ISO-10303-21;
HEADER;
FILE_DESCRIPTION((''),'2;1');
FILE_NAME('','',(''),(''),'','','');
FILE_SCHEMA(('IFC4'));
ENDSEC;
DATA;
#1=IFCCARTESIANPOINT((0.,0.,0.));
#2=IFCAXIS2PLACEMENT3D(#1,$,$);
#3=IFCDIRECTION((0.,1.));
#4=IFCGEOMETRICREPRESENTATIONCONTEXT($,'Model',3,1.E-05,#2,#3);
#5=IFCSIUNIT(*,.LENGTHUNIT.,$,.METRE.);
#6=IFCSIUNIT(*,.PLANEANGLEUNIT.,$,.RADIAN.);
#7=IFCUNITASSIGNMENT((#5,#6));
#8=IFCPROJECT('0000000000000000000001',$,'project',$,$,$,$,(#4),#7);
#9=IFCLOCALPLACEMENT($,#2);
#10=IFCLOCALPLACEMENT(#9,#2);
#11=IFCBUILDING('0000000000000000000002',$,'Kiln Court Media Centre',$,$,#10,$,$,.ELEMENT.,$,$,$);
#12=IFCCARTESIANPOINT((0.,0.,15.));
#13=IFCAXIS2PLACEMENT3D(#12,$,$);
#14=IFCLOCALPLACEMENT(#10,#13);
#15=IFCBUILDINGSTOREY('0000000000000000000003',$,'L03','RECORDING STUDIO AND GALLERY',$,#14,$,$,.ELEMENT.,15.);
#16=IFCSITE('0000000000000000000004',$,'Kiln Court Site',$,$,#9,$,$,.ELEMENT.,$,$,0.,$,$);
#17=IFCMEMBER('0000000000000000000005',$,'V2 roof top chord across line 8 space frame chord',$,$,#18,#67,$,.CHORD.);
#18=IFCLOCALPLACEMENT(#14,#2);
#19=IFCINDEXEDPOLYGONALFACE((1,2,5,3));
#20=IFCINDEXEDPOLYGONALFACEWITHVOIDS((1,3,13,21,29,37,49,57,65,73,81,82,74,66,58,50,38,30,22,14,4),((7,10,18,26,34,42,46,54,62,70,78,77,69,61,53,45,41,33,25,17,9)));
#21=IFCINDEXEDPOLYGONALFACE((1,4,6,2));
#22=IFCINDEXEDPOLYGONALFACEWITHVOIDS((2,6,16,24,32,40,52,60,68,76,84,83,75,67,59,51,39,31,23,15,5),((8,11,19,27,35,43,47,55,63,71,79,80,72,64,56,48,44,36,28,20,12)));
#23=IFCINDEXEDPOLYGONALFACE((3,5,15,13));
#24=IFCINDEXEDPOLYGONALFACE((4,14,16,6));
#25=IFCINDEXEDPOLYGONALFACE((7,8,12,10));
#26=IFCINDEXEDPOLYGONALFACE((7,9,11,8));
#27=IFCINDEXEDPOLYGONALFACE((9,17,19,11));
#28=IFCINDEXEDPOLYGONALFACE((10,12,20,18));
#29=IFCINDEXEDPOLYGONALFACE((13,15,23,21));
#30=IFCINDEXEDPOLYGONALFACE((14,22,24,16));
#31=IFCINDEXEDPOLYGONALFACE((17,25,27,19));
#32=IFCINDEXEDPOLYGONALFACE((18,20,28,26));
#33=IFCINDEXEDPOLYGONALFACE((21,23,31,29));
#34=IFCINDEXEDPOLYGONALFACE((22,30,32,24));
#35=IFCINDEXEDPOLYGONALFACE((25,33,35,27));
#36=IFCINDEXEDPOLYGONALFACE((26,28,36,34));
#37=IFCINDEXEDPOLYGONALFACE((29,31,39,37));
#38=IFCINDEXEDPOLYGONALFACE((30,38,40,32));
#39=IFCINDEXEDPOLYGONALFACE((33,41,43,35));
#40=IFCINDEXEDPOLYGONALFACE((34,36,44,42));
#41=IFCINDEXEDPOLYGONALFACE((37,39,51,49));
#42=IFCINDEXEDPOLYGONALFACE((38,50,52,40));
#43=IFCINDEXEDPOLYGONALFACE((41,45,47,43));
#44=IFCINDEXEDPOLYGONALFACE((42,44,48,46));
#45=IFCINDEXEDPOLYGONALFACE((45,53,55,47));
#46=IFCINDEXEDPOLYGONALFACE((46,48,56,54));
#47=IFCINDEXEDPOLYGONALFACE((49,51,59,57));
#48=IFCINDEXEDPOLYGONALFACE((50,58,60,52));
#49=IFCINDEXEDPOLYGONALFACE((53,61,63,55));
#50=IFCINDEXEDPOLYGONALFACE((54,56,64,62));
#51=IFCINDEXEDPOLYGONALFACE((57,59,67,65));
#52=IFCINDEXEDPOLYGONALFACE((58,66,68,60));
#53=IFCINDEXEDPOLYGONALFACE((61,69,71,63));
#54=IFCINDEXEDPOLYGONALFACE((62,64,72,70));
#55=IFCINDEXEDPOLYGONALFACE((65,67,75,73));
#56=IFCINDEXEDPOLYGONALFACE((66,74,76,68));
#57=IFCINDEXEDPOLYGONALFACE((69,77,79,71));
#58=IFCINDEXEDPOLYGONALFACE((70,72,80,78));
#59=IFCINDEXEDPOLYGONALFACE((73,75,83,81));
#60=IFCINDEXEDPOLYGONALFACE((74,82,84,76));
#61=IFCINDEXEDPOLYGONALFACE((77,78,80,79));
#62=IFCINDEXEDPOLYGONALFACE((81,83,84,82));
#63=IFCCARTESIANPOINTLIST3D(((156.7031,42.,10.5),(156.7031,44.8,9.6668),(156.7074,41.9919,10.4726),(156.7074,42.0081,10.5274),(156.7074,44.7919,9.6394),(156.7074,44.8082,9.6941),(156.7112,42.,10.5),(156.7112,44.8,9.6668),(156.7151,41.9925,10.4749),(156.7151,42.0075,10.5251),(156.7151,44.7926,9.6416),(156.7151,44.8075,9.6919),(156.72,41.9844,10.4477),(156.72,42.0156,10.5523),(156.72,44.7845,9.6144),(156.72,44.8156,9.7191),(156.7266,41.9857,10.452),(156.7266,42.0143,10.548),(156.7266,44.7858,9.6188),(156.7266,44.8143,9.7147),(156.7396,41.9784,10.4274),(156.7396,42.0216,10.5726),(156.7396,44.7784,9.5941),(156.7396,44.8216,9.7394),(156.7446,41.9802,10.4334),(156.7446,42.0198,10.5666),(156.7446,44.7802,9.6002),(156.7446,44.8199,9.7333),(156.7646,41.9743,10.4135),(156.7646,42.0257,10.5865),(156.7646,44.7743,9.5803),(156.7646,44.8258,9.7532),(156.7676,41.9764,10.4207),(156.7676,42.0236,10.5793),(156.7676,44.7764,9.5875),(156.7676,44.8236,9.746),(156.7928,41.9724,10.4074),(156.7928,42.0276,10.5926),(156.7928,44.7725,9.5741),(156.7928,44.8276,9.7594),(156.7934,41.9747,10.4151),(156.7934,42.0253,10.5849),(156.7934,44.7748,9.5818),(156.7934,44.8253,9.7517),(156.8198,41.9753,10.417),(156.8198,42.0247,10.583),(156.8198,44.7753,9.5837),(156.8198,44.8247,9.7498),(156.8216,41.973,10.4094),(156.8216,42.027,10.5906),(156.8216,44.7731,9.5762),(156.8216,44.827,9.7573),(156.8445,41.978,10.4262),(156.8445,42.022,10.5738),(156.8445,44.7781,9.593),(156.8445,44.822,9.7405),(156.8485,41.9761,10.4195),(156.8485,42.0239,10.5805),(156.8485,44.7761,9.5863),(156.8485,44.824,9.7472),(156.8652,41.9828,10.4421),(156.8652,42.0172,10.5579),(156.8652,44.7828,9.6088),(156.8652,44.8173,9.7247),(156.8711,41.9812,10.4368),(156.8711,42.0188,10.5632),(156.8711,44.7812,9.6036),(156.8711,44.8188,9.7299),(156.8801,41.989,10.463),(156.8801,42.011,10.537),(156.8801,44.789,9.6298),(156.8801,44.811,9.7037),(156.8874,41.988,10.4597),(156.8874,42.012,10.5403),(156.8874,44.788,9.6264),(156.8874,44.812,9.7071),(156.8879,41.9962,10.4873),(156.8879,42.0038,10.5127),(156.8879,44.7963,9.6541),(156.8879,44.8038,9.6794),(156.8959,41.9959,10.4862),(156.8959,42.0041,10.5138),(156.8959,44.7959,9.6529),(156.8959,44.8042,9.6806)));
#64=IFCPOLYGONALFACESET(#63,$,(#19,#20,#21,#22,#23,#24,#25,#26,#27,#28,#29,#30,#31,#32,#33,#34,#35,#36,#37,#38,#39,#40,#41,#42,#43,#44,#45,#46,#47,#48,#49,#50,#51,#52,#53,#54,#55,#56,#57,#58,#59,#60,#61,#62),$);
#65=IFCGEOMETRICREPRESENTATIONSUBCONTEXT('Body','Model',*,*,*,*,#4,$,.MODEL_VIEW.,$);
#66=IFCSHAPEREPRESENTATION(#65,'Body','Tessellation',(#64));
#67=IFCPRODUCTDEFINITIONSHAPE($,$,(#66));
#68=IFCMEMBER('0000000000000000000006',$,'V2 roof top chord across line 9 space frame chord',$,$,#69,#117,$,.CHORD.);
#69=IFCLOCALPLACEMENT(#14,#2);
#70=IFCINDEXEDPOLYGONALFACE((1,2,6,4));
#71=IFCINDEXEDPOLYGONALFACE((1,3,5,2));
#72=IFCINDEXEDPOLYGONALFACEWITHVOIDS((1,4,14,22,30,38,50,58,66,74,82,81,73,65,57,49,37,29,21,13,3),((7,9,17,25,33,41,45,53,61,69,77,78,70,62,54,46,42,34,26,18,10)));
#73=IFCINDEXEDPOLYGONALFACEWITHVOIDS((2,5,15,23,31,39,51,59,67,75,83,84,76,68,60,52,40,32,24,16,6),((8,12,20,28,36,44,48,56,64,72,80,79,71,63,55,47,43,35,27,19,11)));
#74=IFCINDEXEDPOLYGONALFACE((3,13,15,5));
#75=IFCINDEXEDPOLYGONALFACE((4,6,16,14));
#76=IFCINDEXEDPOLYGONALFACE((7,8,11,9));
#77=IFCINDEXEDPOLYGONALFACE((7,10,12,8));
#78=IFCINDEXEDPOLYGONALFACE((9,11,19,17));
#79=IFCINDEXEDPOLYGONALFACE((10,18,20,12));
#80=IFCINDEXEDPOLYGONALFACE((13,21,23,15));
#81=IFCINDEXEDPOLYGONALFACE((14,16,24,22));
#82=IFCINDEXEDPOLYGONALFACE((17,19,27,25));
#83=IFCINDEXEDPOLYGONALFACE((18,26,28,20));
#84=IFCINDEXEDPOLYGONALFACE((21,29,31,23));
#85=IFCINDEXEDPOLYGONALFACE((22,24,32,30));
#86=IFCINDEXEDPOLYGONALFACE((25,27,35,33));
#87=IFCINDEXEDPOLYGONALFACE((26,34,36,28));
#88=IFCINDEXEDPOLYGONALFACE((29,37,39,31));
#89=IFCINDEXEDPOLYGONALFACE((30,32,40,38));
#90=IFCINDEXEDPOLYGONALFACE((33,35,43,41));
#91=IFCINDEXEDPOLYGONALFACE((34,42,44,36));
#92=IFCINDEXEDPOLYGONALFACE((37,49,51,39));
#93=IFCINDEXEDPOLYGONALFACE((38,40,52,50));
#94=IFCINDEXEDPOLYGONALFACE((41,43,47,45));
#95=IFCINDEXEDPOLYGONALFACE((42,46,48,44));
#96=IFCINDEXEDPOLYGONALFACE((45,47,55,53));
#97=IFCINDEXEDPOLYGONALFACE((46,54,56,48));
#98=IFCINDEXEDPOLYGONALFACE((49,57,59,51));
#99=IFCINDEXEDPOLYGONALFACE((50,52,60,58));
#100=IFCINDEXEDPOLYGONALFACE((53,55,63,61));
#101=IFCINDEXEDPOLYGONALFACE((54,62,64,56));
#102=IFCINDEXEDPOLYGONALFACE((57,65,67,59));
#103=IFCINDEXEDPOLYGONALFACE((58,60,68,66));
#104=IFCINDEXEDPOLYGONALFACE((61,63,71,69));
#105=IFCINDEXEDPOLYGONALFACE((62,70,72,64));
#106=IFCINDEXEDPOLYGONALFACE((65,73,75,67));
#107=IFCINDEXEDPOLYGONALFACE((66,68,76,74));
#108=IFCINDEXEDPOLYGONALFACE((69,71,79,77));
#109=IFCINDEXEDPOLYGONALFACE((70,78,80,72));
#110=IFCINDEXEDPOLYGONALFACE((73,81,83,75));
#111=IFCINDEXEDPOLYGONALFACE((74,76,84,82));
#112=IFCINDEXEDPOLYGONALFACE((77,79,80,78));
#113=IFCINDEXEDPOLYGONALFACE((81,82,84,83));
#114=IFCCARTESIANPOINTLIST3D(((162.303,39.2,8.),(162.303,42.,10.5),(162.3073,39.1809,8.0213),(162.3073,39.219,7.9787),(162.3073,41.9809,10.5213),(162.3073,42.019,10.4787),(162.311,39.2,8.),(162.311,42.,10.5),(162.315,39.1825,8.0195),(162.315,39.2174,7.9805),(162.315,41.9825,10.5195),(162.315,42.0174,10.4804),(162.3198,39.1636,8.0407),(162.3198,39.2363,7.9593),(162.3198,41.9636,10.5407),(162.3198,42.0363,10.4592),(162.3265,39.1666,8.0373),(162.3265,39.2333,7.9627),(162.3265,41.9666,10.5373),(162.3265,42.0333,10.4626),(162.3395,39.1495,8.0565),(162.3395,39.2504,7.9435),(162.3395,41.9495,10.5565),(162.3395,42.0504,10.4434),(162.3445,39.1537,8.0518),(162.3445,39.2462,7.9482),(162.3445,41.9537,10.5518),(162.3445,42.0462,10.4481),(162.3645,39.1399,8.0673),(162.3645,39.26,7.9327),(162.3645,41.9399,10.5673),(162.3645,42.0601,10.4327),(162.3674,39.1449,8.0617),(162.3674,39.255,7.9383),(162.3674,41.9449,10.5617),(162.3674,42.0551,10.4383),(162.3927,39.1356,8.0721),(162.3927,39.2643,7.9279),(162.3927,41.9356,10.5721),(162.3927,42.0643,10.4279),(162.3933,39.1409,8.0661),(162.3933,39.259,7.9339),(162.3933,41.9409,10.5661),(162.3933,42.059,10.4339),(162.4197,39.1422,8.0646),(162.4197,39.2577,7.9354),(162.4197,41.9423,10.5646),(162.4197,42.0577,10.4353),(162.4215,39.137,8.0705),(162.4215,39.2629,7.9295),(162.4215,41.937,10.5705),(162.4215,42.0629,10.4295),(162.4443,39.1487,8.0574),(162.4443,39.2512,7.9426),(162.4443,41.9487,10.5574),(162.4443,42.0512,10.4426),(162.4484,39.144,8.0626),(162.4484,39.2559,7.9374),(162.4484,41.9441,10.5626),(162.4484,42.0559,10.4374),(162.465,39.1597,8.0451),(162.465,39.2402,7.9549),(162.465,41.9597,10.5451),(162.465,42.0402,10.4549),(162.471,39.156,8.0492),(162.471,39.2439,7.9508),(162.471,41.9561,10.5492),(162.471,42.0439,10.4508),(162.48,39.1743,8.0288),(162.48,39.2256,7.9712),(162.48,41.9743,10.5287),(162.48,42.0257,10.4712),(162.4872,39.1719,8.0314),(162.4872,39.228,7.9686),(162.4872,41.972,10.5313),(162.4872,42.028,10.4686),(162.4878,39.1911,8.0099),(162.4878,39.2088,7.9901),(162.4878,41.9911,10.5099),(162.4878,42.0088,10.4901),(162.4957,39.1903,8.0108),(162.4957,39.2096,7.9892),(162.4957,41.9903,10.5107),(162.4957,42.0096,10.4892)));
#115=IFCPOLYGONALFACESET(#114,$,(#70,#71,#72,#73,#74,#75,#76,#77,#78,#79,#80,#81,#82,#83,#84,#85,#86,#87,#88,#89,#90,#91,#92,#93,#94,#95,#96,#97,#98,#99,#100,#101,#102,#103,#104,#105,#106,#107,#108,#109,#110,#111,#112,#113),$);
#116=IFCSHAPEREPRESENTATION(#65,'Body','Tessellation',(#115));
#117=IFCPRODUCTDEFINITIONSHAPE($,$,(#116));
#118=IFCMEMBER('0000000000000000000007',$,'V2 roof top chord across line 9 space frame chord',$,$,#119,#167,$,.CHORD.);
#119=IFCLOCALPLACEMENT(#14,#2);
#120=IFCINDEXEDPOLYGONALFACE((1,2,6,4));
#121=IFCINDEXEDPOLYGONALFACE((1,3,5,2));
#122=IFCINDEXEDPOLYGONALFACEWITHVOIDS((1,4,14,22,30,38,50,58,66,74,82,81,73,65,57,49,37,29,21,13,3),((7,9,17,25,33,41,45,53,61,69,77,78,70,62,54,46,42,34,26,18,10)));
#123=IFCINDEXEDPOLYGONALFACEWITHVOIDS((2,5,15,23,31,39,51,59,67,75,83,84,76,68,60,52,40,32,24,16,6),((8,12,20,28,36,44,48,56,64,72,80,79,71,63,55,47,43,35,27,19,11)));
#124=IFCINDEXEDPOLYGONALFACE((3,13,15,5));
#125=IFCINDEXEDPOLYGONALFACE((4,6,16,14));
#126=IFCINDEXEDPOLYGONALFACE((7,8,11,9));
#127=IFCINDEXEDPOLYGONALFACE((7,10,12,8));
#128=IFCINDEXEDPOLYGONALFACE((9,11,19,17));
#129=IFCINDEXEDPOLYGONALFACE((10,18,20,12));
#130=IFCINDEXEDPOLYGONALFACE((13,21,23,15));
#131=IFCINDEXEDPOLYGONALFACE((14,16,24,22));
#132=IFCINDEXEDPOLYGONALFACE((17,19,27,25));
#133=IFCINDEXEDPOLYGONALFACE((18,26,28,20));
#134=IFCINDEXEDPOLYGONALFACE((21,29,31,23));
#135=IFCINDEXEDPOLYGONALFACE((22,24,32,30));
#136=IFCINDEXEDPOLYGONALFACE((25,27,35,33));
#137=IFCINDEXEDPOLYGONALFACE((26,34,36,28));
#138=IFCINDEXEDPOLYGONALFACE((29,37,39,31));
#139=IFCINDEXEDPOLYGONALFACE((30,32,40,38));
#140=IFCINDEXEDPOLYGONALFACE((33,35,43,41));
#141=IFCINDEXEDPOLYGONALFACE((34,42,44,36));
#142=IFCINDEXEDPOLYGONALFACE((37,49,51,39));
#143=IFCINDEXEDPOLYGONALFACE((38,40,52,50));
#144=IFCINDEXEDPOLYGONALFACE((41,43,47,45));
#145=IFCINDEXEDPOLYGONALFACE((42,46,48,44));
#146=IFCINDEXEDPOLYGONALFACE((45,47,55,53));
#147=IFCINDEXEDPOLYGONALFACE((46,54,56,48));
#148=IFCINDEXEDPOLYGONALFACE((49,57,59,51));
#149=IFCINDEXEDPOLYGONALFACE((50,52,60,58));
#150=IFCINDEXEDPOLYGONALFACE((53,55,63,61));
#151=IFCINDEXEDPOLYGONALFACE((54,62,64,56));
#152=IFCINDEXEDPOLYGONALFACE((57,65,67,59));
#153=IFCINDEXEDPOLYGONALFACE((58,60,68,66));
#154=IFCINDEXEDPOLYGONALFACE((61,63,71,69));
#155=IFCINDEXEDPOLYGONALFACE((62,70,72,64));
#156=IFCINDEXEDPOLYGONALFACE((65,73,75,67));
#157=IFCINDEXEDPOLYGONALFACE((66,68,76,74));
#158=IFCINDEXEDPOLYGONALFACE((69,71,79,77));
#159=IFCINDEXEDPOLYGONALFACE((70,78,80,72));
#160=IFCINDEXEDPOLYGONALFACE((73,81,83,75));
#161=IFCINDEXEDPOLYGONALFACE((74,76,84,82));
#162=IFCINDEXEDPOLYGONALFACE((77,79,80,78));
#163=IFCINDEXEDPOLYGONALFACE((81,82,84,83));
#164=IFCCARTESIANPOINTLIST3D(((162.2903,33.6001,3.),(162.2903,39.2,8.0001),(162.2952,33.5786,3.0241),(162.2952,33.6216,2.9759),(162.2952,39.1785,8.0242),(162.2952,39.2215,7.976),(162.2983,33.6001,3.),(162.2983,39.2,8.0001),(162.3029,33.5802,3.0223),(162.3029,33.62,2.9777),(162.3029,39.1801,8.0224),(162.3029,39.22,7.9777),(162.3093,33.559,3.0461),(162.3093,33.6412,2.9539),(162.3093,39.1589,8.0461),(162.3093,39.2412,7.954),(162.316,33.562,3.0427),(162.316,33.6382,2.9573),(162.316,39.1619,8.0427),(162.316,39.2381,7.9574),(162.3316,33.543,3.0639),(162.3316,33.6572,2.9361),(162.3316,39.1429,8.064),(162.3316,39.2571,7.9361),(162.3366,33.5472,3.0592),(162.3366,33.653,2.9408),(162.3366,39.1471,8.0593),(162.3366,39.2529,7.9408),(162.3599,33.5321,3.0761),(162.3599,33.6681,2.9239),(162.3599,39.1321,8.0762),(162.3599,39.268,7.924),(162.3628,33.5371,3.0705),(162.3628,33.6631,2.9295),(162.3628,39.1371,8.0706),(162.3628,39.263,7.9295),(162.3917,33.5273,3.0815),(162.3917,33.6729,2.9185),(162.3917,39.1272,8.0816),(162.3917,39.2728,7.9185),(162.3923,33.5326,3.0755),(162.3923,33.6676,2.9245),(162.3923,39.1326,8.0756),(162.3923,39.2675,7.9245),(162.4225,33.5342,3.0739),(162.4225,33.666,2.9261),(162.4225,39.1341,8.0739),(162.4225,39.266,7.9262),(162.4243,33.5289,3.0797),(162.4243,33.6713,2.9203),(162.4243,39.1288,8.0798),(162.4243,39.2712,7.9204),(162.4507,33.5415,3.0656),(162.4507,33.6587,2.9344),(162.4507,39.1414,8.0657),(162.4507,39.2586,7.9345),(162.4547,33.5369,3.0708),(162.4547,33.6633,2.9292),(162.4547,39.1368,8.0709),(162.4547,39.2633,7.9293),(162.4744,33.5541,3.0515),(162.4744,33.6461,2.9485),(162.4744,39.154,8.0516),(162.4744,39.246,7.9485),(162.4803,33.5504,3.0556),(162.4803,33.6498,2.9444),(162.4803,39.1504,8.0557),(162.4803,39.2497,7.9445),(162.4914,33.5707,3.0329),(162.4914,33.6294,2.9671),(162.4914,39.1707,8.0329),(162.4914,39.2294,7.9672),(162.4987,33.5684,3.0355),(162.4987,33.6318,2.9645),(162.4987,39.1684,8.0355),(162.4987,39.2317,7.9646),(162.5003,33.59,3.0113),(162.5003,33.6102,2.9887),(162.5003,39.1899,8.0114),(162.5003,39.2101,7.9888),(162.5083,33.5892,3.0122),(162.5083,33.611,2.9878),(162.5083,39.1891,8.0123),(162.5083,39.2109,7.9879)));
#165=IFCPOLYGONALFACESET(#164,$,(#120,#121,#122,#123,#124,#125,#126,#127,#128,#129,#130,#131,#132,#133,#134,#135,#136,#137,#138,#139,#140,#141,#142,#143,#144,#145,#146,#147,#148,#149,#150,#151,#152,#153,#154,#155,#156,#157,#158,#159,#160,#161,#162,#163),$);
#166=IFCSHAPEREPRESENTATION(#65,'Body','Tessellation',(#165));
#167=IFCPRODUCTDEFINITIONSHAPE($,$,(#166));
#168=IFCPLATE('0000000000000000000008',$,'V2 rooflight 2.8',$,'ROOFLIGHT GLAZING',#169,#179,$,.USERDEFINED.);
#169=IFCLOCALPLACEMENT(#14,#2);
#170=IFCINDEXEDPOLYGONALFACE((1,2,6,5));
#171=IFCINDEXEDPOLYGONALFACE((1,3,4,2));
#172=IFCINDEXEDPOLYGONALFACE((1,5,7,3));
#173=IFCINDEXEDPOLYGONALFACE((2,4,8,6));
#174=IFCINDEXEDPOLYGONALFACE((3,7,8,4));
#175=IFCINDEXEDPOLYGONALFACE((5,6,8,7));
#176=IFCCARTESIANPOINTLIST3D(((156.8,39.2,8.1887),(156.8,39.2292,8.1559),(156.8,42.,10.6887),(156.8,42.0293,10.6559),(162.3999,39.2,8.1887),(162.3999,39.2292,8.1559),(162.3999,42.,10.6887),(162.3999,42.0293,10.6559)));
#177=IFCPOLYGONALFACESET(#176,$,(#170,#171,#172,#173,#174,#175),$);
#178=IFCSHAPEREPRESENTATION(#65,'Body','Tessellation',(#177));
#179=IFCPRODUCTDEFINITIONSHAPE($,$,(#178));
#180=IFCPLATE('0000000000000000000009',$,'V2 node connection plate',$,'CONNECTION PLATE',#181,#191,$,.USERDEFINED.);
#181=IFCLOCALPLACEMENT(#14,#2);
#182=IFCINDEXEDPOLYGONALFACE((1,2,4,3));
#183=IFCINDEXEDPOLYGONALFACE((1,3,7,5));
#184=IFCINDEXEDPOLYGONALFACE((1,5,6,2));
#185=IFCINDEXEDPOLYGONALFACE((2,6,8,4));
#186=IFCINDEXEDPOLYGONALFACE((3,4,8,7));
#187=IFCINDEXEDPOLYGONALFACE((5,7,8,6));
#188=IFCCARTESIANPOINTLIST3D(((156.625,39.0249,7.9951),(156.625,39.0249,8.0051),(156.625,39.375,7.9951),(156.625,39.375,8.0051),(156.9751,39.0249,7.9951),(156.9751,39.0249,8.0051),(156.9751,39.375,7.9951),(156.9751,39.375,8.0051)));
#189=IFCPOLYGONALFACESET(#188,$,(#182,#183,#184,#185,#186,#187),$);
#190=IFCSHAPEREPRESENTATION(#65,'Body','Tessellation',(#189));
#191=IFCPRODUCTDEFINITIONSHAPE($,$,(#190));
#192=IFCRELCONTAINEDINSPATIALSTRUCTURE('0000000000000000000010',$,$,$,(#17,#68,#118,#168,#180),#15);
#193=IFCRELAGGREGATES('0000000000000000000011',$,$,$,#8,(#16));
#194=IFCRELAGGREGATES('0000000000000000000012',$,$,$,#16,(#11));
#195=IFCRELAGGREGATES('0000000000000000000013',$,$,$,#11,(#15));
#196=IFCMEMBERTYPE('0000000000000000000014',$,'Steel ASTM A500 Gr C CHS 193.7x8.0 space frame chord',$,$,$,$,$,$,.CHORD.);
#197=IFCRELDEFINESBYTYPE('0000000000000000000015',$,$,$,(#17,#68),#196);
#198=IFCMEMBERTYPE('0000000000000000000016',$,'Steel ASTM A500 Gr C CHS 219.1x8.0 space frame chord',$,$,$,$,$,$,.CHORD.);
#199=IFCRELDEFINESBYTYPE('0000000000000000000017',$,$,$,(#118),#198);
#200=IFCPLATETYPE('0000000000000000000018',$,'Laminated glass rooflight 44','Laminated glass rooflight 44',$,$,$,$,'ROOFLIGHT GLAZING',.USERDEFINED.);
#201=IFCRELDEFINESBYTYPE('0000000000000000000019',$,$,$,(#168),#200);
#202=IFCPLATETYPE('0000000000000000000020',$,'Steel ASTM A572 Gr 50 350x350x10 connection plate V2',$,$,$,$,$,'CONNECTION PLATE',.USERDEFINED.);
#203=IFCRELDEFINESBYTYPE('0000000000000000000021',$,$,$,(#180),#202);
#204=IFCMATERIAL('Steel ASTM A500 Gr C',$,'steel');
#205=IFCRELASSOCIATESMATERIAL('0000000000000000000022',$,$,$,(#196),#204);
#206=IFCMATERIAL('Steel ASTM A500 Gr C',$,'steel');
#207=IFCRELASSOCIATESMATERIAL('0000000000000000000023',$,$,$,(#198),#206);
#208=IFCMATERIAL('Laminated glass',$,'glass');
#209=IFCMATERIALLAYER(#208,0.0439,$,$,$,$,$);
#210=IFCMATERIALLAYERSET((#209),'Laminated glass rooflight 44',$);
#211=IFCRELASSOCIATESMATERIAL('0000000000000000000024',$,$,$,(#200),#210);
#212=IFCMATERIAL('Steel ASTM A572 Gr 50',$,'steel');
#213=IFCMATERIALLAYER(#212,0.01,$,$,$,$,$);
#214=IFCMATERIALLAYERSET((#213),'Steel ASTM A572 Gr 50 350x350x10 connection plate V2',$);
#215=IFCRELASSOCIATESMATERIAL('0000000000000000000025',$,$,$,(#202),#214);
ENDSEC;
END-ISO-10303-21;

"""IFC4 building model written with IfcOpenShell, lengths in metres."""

from ifc_helpers import new_model, si_unit, direction, frame, origin, origin_2d, place, context, subcontext, project, spatial, polyline, rectangle, hollow_circle, outline, extrude, material, layer, layer_set, material_profile, profile_set, type_object, element, save


model = new_model("IFC4")

# Units and contexts
model_context = context("Model", 3, precision=1e-05, world=origin(), true_north=direction((0.0, 1.0)))
body_context = subcontext(model_context, "Body", "Model", "MODEL_VIEW")
ifc_project = project(units=[si_unit("LENGTHUNIT", "METRE"), si_unit("PLANEANGLEUNIT", "RADIAN")], contexts=[model_context])

# Site, building, storey
site_placement = place(None, origin())
site = spatial("IfcSite", under=ifc_project, at=site_placement, Name="Kiln Court Site", CompositionType="ELEMENT", RefElevation=0.0)
building_placement = place(site_placement, origin())
building = spatial("IfcBuilding", under=site, at=building_placement, Name="Kiln Court Media Centre", CompositionType="ELEMENT")
storey_placement = place(building_placement, frame((0.0, 0.0, 15.0)))
storey = spatial("IfcBuildingStorey", under=building, at=storey_placement, Name="L03", Description="RECORDING STUDIO AND GALLERY", CompositionType="ELEMENT", Elevation=15.0)

# Members
ifc_material_1 = material(Name="Steel ASTM A500 Gr C", Category="steel")
ifc_material_profile_1 = material_profile(ifc_material_1, hollow_circle(Radius=0.0969, WallThickness=0.0081, at=origin_2d()), Name="CHS 193.7x8.0")
ifc_profile_set_1 = profile_set([ifc_material_profile_1], Name="Steel ASTM A500 Gr C")
member_type_1 = type_object("IfcMemberType", Name="Steel ASTM A500 Gr C CHS 193.7x8.0 space frame chord", PredefinedType="CHORD", material=ifc_profile_set_1)
member_1_placement = place(storey_placement, frame((156.8, 42.0, 10.5), z_axis=(0.0, 0.958461, -0.285223), x_axis=(-1.0, 0.0, 0.0)))
element("IfcMember", 1, at=member_1_placement, inside=storey, type_object=member_type_1, Name="V2 roof top chord across line 8 space frame chord", PredefinedType="CHORD", context=body_context, shape_type="SweptSolid", body=[
    extrude(hollow_circle(Radius=0.0969, WallThickness=0.0081, at=origin_2d()), origin(), (0.0, 0.0, 1.0), 2.9214),
])
member_2_placement = place(storey_placement, frame((162.3999, 39.2, 8.0), z_axis=(0.0, 0.745943, 0.666009), x_axis=(-1.0, 0.0, 0.0)))
element("IfcMember", 2, at=member_2_placement, inside=storey, type_object=member_type_1, Name="V2 roof top chord across line 9 space frame chord", PredefinedType="CHORD", context=body_context, shape_type="SweptSolid", body=[
    extrude(hollow_circle(Radius=0.0969, WallThickness=0.0081, at=origin_2d()), origin(), (0.0, 0.0, 1.0), 3.7537),
])
ifc_material_2 = material(Name="Steel ASTM A500 Gr C", Category="steel")
ifc_material_profile_2 = material_profile(ifc_material_2, hollow_circle(Radius=0.1096, WallThickness=0.0081, at=origin_2d()), Name="CHS 219.1x8.0")
ifc_profile_set_2 = profile_set([ifc_material_profile_2], Name="Steel ASTM A500 Gr C")
member_type_2 = type_object("IfcMemberType", Name="Steel ASTM A500 Gr C CHS 219.1x8.0 space frame chord", PredefinedType="CHORD", material=ifc_profile_set_2)
member_3_placement = place(storey_placement, frame((162.3999, 33.6001, 3.0), z_axis=(0.0, 0.745929, 0.666025), x_axis=(-1.0, 0.0, 0.0)))
element("IfcMember", 3, at=member_3_placement, inside=storey, type_object=member_type_2, Name="V2 roof top chord across line 9 space frame chord", PredefinedType="CHORD", context=body_context, shape_type="SweptSolid", body=[
    extrude(hollow_circle(Radius=0.1096, WallThickness=0.0081, at=origin_2d()), origin(), (0.0, 0.0, 1.0), 7.5073),
])

# Plates
ifc_material_3 = material(Name="Laminated glass", Category="glass")
ifc_layer_1 = layer(ifc_material_3, 0.0439)
ifc_layer_set_1 = layer_set([ifc_layer_1], Name="Laminated glass rooflight 44")
plate_type_1 = type_object("IfcPlateType", Name="Laminated glass rooflight 44", Description="Laminated glass rooflight 44", ElementType="ROOFLIGHT GLAZING", PredefinedType="USERDEFINED", material=ifc_layer_set_1)
plate_1_placement = place(storey_placement, frame((156.8, 39.2, 8.1887), z_axis=(0.0, -0.666009, 0.745943), x_axis=(0.0, 0.745943, 0.666009)))
element("IfcPlate", 4, at=plate_1_placement, inside=storey, type_object=plate_type_1, Name="V2 rooflight 2.8", ObjectType="ROOFLIGHT GLAZING", PredefinedType="USERDEFINED", context=body_context, shape_type="SweptSolid", body=[
    extrude(outline(polyline([(0.0, 0.0), (3.7537, 0.0), (3.7537, -5.5999), (0.0, -5.5999), (0.0, 0.0)])), origin(), (0.0, 0.0, -1.0), 0.0439),
])
ifc_material_4 = material(Name="Steel ASTM A572 Gr 50", Category="steel")
ifc_layer_2 = layer(ifc_material_4, 0.01)
ifc_layer_set_2 = layer_set([ifc_layer_2], Name="Steel ASTM A572 Gr 50 350x350x10 connection plate V2")
plate_type_2 = type_object("IfcPlateType", Name="Steel ASTM A572 Gr 50 350x350x10 connection plate V2", ElementType="CONNECTION PLATE", PredefinedType="USERDEFINED", material=ifc_layer_set_2)
plate_2_placement = place(storey_placement, frame((156.8, 39.2, 7.9951), z_axis=(0.0, 0.0, 1.0), x_axis=(1.0, 0.0, 0.0)))
element("IfcPlate", 5, at=plate_2_placement, inside=storey, type_object=plate_type_2, Name="V2 node connection plate", ObjectType="CONNECTION PLATE", PredefinedType="USERDEFINED", context=body_context, shape_type="SweptSolid", body=[
    extrude(rectangle(XDim=0.3501, YDim=0.3501, at=origin_2d()), origin(), (0.0, 0.0, 1.0), 0.01),
])

save(model, "model.ifc")
